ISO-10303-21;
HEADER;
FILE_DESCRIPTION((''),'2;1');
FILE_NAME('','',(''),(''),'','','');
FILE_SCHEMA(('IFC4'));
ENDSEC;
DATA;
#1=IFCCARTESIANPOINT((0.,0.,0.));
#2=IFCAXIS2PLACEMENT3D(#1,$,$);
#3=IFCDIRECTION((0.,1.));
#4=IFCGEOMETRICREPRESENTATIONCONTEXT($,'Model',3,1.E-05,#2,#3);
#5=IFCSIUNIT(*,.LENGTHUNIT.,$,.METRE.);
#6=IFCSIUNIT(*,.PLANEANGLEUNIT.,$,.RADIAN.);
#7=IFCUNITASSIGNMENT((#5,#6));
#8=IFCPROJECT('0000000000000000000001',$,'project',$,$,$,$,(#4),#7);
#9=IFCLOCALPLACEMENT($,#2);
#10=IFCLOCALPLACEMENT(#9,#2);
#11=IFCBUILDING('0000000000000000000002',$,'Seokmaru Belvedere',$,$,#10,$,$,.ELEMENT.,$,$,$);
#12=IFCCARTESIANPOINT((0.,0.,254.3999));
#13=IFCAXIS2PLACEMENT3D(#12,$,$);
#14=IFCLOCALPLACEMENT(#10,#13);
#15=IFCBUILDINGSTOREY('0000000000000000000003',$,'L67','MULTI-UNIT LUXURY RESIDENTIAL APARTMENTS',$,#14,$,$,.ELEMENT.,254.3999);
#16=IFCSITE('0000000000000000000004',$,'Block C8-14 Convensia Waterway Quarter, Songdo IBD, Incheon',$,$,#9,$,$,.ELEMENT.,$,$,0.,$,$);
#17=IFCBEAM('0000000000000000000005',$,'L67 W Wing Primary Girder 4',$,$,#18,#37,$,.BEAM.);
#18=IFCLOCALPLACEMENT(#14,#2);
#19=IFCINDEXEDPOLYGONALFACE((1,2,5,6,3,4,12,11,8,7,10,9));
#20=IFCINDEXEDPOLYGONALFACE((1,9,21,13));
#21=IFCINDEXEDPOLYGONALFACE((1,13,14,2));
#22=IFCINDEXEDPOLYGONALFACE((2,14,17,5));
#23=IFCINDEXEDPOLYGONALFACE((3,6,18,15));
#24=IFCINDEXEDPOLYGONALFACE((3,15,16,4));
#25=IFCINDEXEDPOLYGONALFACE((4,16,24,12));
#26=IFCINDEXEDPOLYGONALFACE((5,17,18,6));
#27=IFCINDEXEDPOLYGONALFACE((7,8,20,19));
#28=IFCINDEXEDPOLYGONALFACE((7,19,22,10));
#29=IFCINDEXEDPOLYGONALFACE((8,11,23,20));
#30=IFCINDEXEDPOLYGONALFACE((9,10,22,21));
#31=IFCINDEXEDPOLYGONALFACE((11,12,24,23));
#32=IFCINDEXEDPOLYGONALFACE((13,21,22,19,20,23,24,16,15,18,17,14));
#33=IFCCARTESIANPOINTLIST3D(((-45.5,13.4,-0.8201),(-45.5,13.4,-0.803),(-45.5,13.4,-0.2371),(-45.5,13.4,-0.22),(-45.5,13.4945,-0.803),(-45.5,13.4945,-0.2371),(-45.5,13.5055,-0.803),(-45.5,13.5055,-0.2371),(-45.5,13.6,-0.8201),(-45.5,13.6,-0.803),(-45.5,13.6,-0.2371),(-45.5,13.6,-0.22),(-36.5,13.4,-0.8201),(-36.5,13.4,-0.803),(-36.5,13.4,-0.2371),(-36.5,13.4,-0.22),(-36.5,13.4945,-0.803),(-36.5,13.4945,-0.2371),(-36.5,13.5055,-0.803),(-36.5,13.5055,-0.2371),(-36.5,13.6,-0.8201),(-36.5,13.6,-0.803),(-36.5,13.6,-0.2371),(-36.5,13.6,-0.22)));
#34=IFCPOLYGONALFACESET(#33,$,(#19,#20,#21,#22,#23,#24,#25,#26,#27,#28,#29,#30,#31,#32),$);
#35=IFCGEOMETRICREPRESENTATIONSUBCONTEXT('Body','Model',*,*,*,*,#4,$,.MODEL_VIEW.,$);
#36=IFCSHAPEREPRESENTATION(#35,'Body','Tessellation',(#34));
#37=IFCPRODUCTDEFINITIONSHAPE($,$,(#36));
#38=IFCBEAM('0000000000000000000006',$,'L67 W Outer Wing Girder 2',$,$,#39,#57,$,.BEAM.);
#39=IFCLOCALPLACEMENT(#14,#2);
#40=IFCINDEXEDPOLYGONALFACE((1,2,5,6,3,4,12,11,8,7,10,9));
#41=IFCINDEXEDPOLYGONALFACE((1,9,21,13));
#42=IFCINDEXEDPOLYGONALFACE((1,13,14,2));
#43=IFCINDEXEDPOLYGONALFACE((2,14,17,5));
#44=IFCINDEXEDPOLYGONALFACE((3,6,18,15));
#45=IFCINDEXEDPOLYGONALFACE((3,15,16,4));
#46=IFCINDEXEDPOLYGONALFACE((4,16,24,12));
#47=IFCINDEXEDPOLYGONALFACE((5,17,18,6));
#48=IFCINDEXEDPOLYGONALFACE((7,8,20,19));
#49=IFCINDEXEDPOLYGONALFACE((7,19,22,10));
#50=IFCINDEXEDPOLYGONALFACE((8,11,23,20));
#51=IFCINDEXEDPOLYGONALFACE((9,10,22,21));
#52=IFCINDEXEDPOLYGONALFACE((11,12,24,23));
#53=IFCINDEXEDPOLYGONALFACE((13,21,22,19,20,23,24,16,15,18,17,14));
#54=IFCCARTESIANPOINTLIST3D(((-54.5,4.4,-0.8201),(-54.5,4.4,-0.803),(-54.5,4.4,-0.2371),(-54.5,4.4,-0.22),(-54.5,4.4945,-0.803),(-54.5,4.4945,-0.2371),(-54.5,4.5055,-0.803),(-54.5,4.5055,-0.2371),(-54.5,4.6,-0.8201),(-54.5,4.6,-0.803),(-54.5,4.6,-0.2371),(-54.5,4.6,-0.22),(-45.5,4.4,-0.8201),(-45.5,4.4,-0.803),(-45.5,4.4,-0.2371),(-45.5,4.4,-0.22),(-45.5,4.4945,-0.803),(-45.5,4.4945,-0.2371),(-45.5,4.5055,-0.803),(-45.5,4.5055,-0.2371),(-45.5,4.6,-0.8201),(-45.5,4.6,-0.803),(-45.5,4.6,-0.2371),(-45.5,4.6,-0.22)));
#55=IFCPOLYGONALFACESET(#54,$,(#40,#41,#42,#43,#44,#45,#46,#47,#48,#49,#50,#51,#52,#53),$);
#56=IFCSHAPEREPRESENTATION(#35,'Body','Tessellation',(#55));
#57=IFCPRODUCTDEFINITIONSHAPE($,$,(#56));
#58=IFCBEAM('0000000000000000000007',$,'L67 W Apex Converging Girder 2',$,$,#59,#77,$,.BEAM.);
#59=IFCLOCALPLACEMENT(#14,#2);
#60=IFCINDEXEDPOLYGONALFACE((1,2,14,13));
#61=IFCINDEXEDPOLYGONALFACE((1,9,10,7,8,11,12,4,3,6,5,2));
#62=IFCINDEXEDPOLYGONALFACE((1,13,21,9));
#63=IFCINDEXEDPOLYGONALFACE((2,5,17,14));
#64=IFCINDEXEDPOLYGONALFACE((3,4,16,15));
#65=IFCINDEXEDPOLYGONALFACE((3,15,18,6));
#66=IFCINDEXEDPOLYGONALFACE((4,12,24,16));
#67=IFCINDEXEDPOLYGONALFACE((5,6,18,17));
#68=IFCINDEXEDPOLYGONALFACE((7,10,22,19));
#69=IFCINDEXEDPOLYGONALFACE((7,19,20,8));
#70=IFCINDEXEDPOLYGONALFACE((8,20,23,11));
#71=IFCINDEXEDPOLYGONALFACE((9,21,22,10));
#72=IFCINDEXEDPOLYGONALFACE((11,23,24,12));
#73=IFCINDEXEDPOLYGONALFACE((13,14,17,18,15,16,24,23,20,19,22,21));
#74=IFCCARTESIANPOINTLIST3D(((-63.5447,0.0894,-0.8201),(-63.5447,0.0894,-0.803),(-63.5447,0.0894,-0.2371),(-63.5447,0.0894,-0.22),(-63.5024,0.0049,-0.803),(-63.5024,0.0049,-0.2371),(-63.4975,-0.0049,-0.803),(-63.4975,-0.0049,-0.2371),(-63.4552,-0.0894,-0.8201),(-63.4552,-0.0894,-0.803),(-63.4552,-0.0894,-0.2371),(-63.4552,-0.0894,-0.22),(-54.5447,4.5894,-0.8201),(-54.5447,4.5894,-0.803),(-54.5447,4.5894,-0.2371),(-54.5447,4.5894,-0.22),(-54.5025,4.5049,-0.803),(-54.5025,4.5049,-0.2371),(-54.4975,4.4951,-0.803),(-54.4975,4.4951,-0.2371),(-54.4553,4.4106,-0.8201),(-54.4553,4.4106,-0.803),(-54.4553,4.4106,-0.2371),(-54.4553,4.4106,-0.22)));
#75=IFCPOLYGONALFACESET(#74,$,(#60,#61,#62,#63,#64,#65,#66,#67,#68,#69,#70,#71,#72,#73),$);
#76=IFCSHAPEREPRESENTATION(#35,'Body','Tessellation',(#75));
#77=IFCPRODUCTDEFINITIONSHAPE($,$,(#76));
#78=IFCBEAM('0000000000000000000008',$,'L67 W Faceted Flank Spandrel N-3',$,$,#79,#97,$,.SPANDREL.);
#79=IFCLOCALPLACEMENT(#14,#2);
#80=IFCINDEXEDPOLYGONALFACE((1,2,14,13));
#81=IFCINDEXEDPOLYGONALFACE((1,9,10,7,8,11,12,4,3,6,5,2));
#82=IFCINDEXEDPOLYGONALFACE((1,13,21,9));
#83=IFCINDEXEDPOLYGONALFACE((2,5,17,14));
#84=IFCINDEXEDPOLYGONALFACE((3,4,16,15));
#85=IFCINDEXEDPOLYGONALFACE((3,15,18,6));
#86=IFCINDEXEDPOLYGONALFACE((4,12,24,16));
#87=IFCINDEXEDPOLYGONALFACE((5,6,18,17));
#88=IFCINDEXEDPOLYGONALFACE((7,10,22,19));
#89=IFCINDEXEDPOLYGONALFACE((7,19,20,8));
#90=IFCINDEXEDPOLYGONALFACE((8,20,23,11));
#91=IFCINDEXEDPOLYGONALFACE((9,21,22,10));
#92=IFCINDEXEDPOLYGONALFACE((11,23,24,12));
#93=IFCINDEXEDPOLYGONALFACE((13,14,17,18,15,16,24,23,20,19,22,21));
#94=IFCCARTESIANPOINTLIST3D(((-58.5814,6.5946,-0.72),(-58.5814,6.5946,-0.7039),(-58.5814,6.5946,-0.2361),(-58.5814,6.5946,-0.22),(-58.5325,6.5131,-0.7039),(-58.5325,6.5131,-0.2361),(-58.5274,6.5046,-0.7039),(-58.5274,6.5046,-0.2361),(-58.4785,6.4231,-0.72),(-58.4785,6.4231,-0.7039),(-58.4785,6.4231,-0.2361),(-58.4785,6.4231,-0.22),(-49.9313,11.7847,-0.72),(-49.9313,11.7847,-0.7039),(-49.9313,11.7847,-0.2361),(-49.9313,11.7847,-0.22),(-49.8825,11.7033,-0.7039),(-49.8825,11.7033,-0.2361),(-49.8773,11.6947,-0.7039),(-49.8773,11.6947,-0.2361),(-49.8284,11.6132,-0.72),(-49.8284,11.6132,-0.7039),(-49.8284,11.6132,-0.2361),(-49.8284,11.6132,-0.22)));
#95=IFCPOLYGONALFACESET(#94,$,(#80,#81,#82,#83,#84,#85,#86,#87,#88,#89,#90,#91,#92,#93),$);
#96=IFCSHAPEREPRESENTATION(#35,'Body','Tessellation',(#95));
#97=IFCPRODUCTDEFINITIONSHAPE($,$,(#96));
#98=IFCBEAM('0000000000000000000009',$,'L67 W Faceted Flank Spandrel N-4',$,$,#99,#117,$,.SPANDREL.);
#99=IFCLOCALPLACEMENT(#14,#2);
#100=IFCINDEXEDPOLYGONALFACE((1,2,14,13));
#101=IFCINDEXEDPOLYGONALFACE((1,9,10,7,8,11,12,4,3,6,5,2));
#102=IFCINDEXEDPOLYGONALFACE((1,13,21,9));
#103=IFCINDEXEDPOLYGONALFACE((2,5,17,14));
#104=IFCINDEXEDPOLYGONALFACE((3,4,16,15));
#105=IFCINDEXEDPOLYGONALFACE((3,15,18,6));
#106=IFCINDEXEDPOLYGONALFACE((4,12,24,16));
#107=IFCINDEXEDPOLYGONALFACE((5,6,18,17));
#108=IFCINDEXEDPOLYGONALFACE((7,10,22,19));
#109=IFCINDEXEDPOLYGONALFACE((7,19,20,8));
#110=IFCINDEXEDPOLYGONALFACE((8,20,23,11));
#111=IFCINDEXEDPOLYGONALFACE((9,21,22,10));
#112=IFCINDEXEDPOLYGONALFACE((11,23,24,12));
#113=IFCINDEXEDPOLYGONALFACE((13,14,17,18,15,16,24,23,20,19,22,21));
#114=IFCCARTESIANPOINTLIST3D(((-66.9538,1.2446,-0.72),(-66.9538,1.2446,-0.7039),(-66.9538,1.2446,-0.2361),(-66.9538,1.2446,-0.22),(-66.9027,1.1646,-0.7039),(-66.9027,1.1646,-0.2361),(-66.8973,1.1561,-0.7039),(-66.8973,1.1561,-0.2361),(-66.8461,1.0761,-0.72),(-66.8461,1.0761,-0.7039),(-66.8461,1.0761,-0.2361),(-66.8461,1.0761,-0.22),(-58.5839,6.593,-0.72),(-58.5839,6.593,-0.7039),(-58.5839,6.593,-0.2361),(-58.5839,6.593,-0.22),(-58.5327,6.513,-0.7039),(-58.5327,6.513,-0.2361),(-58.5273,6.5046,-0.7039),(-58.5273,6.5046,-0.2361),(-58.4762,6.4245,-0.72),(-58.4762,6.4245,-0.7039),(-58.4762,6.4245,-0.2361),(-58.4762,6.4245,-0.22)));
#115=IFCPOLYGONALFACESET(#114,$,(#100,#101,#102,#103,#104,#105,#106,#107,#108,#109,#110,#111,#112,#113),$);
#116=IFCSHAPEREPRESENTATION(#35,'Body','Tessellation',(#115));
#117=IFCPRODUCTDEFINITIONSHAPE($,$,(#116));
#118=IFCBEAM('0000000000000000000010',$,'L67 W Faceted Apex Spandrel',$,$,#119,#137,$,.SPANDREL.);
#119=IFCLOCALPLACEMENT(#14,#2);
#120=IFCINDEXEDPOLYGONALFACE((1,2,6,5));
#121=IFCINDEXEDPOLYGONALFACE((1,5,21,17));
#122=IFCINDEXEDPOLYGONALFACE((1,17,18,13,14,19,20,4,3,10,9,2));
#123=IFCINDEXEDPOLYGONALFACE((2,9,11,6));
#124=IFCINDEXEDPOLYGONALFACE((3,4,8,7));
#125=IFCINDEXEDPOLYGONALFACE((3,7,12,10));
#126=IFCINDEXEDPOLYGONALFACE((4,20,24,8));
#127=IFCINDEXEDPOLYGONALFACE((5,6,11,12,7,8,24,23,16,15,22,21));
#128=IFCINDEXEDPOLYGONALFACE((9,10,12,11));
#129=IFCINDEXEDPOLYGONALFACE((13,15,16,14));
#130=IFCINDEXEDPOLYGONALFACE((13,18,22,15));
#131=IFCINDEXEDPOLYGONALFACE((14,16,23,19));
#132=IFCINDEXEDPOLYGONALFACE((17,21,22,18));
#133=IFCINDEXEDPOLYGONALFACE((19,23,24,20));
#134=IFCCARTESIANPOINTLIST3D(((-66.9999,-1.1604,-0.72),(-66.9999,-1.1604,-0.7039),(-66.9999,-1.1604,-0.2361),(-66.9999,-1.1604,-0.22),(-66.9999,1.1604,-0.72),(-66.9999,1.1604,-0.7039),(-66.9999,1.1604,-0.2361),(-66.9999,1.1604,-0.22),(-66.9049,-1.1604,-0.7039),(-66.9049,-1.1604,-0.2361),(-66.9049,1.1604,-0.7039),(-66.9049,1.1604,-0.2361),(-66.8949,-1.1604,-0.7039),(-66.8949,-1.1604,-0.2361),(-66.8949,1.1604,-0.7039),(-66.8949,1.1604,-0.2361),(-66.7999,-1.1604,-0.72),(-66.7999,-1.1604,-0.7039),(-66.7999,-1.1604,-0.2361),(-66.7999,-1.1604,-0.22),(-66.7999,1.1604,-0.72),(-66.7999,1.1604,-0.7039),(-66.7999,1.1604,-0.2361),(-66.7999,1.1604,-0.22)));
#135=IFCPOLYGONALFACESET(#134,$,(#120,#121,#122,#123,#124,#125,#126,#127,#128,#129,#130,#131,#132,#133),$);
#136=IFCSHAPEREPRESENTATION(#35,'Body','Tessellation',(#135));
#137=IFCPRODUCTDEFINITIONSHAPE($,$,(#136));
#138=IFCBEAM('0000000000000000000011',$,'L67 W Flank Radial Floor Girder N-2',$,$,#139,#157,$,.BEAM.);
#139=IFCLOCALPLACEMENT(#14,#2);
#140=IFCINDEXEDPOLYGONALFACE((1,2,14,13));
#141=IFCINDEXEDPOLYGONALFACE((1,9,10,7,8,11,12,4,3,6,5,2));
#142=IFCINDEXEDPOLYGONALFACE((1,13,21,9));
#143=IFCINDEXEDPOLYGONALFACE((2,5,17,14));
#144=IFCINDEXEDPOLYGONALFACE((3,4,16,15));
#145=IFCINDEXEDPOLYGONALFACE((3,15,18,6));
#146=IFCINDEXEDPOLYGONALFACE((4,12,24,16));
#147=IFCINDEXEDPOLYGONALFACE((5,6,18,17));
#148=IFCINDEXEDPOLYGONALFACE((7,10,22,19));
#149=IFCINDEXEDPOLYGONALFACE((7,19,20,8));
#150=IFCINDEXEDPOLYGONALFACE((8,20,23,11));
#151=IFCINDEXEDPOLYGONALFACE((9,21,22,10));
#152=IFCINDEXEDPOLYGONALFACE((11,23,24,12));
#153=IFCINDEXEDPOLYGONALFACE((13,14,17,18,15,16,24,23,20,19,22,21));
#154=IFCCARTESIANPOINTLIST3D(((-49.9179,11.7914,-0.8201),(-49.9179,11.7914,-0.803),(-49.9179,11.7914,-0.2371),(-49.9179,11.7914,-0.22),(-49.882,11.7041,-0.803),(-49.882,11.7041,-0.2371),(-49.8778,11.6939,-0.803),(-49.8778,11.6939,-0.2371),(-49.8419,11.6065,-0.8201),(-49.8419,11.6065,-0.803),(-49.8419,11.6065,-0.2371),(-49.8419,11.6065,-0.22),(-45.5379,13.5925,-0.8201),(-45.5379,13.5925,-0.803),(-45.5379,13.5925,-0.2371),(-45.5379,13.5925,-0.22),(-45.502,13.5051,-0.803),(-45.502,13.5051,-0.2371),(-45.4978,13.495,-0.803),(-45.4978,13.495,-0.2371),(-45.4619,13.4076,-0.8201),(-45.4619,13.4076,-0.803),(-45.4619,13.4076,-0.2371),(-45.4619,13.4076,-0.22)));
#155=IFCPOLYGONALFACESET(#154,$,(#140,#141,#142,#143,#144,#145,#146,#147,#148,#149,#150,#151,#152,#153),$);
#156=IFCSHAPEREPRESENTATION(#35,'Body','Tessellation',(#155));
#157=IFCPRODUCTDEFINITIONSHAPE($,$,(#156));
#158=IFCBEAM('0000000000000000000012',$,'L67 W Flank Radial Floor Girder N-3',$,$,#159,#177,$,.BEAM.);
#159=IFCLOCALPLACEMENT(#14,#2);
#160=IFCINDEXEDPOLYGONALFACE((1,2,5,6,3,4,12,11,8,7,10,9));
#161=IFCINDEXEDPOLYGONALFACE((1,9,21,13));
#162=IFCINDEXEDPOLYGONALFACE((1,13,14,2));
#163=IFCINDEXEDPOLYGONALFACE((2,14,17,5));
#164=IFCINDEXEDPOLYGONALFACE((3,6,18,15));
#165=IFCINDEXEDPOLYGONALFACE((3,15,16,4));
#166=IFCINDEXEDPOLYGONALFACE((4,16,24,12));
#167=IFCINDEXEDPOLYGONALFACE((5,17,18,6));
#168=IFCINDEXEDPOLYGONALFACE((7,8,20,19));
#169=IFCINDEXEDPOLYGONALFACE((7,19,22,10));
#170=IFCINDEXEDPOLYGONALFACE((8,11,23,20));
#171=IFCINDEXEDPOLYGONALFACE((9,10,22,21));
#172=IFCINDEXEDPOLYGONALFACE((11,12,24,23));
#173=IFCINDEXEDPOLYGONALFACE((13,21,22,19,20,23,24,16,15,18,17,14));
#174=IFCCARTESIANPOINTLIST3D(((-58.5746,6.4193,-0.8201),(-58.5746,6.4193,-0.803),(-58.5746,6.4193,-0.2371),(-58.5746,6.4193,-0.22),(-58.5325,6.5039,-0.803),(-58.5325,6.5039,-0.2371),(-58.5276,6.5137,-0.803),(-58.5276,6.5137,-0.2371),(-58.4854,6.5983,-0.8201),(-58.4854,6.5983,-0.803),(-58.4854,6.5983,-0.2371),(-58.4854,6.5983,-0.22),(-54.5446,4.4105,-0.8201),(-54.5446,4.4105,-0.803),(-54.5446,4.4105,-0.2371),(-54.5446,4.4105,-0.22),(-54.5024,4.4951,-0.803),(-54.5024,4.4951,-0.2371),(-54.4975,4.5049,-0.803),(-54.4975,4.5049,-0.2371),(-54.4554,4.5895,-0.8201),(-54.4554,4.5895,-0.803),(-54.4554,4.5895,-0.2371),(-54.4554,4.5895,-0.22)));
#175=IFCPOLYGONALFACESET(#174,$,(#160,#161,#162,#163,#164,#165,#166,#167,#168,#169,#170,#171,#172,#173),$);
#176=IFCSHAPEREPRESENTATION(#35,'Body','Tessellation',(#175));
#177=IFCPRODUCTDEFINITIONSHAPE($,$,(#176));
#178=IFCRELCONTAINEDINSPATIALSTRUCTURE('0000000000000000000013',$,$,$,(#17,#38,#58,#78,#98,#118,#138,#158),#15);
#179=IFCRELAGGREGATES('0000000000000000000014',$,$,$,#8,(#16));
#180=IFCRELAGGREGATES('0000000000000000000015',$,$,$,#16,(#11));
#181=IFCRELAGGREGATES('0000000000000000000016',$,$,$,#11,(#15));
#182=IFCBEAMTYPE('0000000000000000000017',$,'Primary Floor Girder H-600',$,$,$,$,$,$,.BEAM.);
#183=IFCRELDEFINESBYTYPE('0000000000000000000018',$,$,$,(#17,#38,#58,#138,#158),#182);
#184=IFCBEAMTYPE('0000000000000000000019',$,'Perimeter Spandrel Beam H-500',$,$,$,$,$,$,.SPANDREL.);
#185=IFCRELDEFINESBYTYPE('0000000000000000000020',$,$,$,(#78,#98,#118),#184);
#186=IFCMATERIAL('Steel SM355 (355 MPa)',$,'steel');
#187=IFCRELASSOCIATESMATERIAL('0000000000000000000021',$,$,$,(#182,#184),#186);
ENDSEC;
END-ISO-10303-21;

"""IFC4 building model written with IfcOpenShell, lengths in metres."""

from ifc_helpers import new_model, si_unit, direction, frame, origin, origin_2d, place, context, subcontext, project, spatial, i_section, extrude, source, transform, mapped, material, material_profile, profile_set, type_object, type_shapes, element, save


model = new_model("IFC4")

# Units and contexts
model_context = context("Model", 3, precision=1e-05, world=origin(), true_north=direction((0.0, 1.0)))
body_context = subcontext(model_context, "Body", "Model", "MODEL_VIEW")
ifc_project = project(units=[si_unit("LENGTHUNIT", "METRE"), si_unit("PLANEANGLEUNIT", "RADIAN")], contexts=[model_context])

# Site, building, storey
site_placement = place(None, origin())
site = spatial("IfcSite", under=ifc_project, at=site_placement, Name="Block C8-14 Convensia Waterway Quarter, Songdo IBD, Incheon", CompositionType="ELEMENT", RefElevation=0.0)
building_placement = place(site_placement, origin())
building = spatial("IfcBuilding", under=site, at=building_placement, Name="Seokmaru Belvedere", CompositionType="ELEMENT")
storey_placement = place(building_placement, frame((0.0, 0.0, 254.3999)))
storey = spatial("IfcBuildingStorey", under=building, at=storey_placement, Name="L67", Description="MULTI-UNIT LUXURY RESIDENTIAL APARTMENTS", CompositionType="ELEMENT", Elevation=254.3999)

# Shared definitions
ifc_material_1 = material(Name="Steel SM355 (355 MPa)", Category="steel")

# Beams
ifc_material_profile_1 = material_profile(ifc_material_1, i_section(OverallWidth=0.2, OverallDepth=0.6001, WebThickness=0.011, FlangeThickness=0.0171, at=origin_2d()), Name="H-600x200x11x17")
ifc_profile_set_1 = profile_set([ifc_material_profile_1], Name="Steel SM355 (355 MPa)")
beam_type_1 = type_object("IfcBeamType", Name="Primary Floor Girder H-600", PredefinedType="BEAM", material=ifc_profile_set_1)
shared_shape_1 = source(origin(), body_context, "Body", "SweptSolid", [
    extrude(i_section(OverallWidth=0.2, OverallDepth=0.6001, WebThickness=0.011, FlangeThickness=0.0171, at=origin_2d()), origin(), (0.0, 0.0, 1.0), 9.0),
])
for number, where, z_axis, x_axis, name in (
    (1, (-45.5, 13.5, -0.52), (1.0, 0.0, 0.0), (0.0, 1.0, 0.0), "L67 W Wing Primary Girder 4"),
    (2, (-54.5, 4.5, -0.52), (1.0, 0.0, 0.0), (0.0, 1.0, 0.0), "L67 W Outer Wing Girder 2"),
):
    element("IfcBeam", number, at=place(storey_placement, frame(where, z_axis=z_axis, x_axis=x_axis)), inside=storey, type_object=beam_type_1, Name=name, PredefinedType="BEAM", context=body_context, shape_type="MappedRepresentation", body=[
        mapped(shared_shape_1, transform((0.0, 0.0, 0.0), scale=1.0)),
    ])
shared_shape_2 = source(origin(), body_context, "Body", "SweptSolid", [
    extrude(i_section(OverallWidth=0.2, OverallDepth=0.6001, WebThickness=0.011, FlangeThickness=0.0171, at=origin_2d()), origin(), (0.0, 0.0, 1.0), 10.0623),
])
beam_1_placement = place(storey_placement, frame((-54.5, 4.5, -0.52), z_axis=(-0.894427, -0.447214, 0.0), x_axis=(0.447214, -0.894427, 0.0)))
element("IfcBeam", 3, at=beam_1_placement, inside=storey, type_object=beam_type_1, Name="L67 W Apex Converging Girder 2", PredefinedType="BEAM", context=body_context, shape_type="MappedRepresentation", body=[
    mapped(shared_shape_2, transform((0.0, 0.0, 0.0), scale=1.0)),
])
ifc_material_profile_2 = material_profile(ifc_material_1, i_section(OverallWidth=0.2, OverallDepth=0.5, WebThickness=0.01, FlangeThickness=0.0161, at=origin_2d()), Name="H-500x200x10x16")
ifc_profile_set_2 = profile_set([ifc_material_profile_2], Name="Steel SM355 (355 MPa)")
beam_type_2 = type_object("IfcBeamType", Name="Perimeter Spandrel Beam H-500", PredefinedType="SPANDREL", material=ifc_profile_set_2)
shared_shape_3 = source(origin(), body_context, "Body", "SweptSolid", [
    extrude(i_section(OverallWidth=0.2, OverallDepth=0.5, WebThickness=0.01, FlangeThickness=0.0161, at=origin_2d()), origin(), (0.0, 0.0, 1.0), 10.0876),
])
beam_2_placement = place(storey_placement, frame((-49.8799, 11.699, -0.47), z_axis=(-0.857489, -0.514503, 0.0), x_axis=(0.514503, -0.857489, 0.0)))
element("IfcBeam", 4, at=beam_2_placement, inside=storey, type_object=beam_type_2, Name="L67 W Faceted Flank Spandrel N-3", PredefinedType="SPANDREL", context=body_context, shape_type="MappedRepresentation", body=[
    mapped(shared_shape_3, transform((0.0, 0.0, 0.0), scale=1.0)),
])
shared_shape_4 = source(origin(), body_context, "Body", "SweptSolid", [
    extrude(i_section(OverallWidth=0.2, OverallDepth=0.5, WebThickness=0.01, FlangeThickness=0.0161, at=origin_2d()), origin(), (0.0, 0.0, 1.0), 9.9329),
])
beam_3_placement = place(storey_placement, frame((-58.53, 6.5088, -0.47), z_axis=(-0.842652, -0.538459, 0.0), x_axis=(0.538459, -0.842652, 0.0)))
element("IfcBeam", 5, at=beam_3_placement, inside=storey, type_object=beam_type_2, Name="L67 W Faceted Flank Spandrel N-4", PredefinedType="SPANDREL", context=body_context, shape_type="MappedRepresentation", body=[
    mapped(shared_shape_4, transform((0.0, 0.0, 0.0), scale=1.0)),
])
shared_shape_5 = source(origin(), body_context, "Body", "SweptSolid", [
    extrude(i_section(OverallWidth=0.2, OverallDepth=0.5, WebThickness=0.01, FlangeThickness=0.0161, at=origin_2d()), origin(), (0.0, 0.0, 1.0), 2.3208),
])
type_shapes(beam_type_2, [shared_shape_3, shared_shape_4, shared_shape_5])
beam_4_placement = place(storey_placement, frame((-66.8999, -1.1604, -0.47), z_axis=(0.0, 1.0, 0.0), x_axis=(-1.0, 0.0, 0.0)))
element("IfcBeam", 6, at=beam_4_placement, inside=storey, type_object=beam_type_2, Name="L67 W Faceted Apex Spandrel", PredefinedType="SPANDREL", context=body_context, shape_type="MappedRepresentation", body=[
    mapped(shared_shape_5, transform((0.0, 0.0, 0.0), scale=1.0)),
])
shared_shape_6 = source(origin(), body_context, "Body", "SweptSolid", [
    extrude(i_section(OverallWidth=0.2, OverallDepth=0.6001, WebThickness=0.011, FlangeThickness=0.0171, at=origin_2d()), origin(), (0.0, 0.0, 1.0), 4.7358),
])
beam_5_placement = place(storey_placement, frame((-49.8799, 11.699, -0.52), z_axis=(0.924861, 0.380306, 0.0), x_axis=(-0.380306, 0.924861, 0.0)))
element("IfcBeam", 7, at=beam_5_placement, inside=storey, type_object=beam_type_1, Name="L67 W Flank Radial Floor Girder N-2", PredefinedType="BEAM", context=body_context, shape_type="MappedRepresentation", body=[
    mapped(shared_shape_6, transform((0.0, 0.0, 0.0), scale=1.0)),
])
shared_shape_7 = source(origin(), body_context, "Body", "SweptSolid", [
    extrude(i_section(OverallWidth=0.2, OverallDepth=0.6001, WebThickness=0.011, FlangeThickness=0.0171, at=origin_2d()), origin(), (0.0, 0.0, 1.0), 4.5029),
])
beam_6_placement = place(storey_placement, frame((-58.53, 6.5088, -0.52), z_axis=(0.89498, -0.446107, 0.0), x_axis=(0.446107, 0.89498, 0.0)))
element("IfcBeam", 8, at=beam_6_placement, inside=storey, type_object=beam_type_1, Name="L67 W Flank Radial Floor Girder N-3", PredefinedType="BEAM", context=body_context, shape_type="MappedRepresentation", body=[
    mapped(shared_shape_7, transform((0.0, 0.0, 0.0), scale=1.0)),
])

save(model, "model.ifc")
